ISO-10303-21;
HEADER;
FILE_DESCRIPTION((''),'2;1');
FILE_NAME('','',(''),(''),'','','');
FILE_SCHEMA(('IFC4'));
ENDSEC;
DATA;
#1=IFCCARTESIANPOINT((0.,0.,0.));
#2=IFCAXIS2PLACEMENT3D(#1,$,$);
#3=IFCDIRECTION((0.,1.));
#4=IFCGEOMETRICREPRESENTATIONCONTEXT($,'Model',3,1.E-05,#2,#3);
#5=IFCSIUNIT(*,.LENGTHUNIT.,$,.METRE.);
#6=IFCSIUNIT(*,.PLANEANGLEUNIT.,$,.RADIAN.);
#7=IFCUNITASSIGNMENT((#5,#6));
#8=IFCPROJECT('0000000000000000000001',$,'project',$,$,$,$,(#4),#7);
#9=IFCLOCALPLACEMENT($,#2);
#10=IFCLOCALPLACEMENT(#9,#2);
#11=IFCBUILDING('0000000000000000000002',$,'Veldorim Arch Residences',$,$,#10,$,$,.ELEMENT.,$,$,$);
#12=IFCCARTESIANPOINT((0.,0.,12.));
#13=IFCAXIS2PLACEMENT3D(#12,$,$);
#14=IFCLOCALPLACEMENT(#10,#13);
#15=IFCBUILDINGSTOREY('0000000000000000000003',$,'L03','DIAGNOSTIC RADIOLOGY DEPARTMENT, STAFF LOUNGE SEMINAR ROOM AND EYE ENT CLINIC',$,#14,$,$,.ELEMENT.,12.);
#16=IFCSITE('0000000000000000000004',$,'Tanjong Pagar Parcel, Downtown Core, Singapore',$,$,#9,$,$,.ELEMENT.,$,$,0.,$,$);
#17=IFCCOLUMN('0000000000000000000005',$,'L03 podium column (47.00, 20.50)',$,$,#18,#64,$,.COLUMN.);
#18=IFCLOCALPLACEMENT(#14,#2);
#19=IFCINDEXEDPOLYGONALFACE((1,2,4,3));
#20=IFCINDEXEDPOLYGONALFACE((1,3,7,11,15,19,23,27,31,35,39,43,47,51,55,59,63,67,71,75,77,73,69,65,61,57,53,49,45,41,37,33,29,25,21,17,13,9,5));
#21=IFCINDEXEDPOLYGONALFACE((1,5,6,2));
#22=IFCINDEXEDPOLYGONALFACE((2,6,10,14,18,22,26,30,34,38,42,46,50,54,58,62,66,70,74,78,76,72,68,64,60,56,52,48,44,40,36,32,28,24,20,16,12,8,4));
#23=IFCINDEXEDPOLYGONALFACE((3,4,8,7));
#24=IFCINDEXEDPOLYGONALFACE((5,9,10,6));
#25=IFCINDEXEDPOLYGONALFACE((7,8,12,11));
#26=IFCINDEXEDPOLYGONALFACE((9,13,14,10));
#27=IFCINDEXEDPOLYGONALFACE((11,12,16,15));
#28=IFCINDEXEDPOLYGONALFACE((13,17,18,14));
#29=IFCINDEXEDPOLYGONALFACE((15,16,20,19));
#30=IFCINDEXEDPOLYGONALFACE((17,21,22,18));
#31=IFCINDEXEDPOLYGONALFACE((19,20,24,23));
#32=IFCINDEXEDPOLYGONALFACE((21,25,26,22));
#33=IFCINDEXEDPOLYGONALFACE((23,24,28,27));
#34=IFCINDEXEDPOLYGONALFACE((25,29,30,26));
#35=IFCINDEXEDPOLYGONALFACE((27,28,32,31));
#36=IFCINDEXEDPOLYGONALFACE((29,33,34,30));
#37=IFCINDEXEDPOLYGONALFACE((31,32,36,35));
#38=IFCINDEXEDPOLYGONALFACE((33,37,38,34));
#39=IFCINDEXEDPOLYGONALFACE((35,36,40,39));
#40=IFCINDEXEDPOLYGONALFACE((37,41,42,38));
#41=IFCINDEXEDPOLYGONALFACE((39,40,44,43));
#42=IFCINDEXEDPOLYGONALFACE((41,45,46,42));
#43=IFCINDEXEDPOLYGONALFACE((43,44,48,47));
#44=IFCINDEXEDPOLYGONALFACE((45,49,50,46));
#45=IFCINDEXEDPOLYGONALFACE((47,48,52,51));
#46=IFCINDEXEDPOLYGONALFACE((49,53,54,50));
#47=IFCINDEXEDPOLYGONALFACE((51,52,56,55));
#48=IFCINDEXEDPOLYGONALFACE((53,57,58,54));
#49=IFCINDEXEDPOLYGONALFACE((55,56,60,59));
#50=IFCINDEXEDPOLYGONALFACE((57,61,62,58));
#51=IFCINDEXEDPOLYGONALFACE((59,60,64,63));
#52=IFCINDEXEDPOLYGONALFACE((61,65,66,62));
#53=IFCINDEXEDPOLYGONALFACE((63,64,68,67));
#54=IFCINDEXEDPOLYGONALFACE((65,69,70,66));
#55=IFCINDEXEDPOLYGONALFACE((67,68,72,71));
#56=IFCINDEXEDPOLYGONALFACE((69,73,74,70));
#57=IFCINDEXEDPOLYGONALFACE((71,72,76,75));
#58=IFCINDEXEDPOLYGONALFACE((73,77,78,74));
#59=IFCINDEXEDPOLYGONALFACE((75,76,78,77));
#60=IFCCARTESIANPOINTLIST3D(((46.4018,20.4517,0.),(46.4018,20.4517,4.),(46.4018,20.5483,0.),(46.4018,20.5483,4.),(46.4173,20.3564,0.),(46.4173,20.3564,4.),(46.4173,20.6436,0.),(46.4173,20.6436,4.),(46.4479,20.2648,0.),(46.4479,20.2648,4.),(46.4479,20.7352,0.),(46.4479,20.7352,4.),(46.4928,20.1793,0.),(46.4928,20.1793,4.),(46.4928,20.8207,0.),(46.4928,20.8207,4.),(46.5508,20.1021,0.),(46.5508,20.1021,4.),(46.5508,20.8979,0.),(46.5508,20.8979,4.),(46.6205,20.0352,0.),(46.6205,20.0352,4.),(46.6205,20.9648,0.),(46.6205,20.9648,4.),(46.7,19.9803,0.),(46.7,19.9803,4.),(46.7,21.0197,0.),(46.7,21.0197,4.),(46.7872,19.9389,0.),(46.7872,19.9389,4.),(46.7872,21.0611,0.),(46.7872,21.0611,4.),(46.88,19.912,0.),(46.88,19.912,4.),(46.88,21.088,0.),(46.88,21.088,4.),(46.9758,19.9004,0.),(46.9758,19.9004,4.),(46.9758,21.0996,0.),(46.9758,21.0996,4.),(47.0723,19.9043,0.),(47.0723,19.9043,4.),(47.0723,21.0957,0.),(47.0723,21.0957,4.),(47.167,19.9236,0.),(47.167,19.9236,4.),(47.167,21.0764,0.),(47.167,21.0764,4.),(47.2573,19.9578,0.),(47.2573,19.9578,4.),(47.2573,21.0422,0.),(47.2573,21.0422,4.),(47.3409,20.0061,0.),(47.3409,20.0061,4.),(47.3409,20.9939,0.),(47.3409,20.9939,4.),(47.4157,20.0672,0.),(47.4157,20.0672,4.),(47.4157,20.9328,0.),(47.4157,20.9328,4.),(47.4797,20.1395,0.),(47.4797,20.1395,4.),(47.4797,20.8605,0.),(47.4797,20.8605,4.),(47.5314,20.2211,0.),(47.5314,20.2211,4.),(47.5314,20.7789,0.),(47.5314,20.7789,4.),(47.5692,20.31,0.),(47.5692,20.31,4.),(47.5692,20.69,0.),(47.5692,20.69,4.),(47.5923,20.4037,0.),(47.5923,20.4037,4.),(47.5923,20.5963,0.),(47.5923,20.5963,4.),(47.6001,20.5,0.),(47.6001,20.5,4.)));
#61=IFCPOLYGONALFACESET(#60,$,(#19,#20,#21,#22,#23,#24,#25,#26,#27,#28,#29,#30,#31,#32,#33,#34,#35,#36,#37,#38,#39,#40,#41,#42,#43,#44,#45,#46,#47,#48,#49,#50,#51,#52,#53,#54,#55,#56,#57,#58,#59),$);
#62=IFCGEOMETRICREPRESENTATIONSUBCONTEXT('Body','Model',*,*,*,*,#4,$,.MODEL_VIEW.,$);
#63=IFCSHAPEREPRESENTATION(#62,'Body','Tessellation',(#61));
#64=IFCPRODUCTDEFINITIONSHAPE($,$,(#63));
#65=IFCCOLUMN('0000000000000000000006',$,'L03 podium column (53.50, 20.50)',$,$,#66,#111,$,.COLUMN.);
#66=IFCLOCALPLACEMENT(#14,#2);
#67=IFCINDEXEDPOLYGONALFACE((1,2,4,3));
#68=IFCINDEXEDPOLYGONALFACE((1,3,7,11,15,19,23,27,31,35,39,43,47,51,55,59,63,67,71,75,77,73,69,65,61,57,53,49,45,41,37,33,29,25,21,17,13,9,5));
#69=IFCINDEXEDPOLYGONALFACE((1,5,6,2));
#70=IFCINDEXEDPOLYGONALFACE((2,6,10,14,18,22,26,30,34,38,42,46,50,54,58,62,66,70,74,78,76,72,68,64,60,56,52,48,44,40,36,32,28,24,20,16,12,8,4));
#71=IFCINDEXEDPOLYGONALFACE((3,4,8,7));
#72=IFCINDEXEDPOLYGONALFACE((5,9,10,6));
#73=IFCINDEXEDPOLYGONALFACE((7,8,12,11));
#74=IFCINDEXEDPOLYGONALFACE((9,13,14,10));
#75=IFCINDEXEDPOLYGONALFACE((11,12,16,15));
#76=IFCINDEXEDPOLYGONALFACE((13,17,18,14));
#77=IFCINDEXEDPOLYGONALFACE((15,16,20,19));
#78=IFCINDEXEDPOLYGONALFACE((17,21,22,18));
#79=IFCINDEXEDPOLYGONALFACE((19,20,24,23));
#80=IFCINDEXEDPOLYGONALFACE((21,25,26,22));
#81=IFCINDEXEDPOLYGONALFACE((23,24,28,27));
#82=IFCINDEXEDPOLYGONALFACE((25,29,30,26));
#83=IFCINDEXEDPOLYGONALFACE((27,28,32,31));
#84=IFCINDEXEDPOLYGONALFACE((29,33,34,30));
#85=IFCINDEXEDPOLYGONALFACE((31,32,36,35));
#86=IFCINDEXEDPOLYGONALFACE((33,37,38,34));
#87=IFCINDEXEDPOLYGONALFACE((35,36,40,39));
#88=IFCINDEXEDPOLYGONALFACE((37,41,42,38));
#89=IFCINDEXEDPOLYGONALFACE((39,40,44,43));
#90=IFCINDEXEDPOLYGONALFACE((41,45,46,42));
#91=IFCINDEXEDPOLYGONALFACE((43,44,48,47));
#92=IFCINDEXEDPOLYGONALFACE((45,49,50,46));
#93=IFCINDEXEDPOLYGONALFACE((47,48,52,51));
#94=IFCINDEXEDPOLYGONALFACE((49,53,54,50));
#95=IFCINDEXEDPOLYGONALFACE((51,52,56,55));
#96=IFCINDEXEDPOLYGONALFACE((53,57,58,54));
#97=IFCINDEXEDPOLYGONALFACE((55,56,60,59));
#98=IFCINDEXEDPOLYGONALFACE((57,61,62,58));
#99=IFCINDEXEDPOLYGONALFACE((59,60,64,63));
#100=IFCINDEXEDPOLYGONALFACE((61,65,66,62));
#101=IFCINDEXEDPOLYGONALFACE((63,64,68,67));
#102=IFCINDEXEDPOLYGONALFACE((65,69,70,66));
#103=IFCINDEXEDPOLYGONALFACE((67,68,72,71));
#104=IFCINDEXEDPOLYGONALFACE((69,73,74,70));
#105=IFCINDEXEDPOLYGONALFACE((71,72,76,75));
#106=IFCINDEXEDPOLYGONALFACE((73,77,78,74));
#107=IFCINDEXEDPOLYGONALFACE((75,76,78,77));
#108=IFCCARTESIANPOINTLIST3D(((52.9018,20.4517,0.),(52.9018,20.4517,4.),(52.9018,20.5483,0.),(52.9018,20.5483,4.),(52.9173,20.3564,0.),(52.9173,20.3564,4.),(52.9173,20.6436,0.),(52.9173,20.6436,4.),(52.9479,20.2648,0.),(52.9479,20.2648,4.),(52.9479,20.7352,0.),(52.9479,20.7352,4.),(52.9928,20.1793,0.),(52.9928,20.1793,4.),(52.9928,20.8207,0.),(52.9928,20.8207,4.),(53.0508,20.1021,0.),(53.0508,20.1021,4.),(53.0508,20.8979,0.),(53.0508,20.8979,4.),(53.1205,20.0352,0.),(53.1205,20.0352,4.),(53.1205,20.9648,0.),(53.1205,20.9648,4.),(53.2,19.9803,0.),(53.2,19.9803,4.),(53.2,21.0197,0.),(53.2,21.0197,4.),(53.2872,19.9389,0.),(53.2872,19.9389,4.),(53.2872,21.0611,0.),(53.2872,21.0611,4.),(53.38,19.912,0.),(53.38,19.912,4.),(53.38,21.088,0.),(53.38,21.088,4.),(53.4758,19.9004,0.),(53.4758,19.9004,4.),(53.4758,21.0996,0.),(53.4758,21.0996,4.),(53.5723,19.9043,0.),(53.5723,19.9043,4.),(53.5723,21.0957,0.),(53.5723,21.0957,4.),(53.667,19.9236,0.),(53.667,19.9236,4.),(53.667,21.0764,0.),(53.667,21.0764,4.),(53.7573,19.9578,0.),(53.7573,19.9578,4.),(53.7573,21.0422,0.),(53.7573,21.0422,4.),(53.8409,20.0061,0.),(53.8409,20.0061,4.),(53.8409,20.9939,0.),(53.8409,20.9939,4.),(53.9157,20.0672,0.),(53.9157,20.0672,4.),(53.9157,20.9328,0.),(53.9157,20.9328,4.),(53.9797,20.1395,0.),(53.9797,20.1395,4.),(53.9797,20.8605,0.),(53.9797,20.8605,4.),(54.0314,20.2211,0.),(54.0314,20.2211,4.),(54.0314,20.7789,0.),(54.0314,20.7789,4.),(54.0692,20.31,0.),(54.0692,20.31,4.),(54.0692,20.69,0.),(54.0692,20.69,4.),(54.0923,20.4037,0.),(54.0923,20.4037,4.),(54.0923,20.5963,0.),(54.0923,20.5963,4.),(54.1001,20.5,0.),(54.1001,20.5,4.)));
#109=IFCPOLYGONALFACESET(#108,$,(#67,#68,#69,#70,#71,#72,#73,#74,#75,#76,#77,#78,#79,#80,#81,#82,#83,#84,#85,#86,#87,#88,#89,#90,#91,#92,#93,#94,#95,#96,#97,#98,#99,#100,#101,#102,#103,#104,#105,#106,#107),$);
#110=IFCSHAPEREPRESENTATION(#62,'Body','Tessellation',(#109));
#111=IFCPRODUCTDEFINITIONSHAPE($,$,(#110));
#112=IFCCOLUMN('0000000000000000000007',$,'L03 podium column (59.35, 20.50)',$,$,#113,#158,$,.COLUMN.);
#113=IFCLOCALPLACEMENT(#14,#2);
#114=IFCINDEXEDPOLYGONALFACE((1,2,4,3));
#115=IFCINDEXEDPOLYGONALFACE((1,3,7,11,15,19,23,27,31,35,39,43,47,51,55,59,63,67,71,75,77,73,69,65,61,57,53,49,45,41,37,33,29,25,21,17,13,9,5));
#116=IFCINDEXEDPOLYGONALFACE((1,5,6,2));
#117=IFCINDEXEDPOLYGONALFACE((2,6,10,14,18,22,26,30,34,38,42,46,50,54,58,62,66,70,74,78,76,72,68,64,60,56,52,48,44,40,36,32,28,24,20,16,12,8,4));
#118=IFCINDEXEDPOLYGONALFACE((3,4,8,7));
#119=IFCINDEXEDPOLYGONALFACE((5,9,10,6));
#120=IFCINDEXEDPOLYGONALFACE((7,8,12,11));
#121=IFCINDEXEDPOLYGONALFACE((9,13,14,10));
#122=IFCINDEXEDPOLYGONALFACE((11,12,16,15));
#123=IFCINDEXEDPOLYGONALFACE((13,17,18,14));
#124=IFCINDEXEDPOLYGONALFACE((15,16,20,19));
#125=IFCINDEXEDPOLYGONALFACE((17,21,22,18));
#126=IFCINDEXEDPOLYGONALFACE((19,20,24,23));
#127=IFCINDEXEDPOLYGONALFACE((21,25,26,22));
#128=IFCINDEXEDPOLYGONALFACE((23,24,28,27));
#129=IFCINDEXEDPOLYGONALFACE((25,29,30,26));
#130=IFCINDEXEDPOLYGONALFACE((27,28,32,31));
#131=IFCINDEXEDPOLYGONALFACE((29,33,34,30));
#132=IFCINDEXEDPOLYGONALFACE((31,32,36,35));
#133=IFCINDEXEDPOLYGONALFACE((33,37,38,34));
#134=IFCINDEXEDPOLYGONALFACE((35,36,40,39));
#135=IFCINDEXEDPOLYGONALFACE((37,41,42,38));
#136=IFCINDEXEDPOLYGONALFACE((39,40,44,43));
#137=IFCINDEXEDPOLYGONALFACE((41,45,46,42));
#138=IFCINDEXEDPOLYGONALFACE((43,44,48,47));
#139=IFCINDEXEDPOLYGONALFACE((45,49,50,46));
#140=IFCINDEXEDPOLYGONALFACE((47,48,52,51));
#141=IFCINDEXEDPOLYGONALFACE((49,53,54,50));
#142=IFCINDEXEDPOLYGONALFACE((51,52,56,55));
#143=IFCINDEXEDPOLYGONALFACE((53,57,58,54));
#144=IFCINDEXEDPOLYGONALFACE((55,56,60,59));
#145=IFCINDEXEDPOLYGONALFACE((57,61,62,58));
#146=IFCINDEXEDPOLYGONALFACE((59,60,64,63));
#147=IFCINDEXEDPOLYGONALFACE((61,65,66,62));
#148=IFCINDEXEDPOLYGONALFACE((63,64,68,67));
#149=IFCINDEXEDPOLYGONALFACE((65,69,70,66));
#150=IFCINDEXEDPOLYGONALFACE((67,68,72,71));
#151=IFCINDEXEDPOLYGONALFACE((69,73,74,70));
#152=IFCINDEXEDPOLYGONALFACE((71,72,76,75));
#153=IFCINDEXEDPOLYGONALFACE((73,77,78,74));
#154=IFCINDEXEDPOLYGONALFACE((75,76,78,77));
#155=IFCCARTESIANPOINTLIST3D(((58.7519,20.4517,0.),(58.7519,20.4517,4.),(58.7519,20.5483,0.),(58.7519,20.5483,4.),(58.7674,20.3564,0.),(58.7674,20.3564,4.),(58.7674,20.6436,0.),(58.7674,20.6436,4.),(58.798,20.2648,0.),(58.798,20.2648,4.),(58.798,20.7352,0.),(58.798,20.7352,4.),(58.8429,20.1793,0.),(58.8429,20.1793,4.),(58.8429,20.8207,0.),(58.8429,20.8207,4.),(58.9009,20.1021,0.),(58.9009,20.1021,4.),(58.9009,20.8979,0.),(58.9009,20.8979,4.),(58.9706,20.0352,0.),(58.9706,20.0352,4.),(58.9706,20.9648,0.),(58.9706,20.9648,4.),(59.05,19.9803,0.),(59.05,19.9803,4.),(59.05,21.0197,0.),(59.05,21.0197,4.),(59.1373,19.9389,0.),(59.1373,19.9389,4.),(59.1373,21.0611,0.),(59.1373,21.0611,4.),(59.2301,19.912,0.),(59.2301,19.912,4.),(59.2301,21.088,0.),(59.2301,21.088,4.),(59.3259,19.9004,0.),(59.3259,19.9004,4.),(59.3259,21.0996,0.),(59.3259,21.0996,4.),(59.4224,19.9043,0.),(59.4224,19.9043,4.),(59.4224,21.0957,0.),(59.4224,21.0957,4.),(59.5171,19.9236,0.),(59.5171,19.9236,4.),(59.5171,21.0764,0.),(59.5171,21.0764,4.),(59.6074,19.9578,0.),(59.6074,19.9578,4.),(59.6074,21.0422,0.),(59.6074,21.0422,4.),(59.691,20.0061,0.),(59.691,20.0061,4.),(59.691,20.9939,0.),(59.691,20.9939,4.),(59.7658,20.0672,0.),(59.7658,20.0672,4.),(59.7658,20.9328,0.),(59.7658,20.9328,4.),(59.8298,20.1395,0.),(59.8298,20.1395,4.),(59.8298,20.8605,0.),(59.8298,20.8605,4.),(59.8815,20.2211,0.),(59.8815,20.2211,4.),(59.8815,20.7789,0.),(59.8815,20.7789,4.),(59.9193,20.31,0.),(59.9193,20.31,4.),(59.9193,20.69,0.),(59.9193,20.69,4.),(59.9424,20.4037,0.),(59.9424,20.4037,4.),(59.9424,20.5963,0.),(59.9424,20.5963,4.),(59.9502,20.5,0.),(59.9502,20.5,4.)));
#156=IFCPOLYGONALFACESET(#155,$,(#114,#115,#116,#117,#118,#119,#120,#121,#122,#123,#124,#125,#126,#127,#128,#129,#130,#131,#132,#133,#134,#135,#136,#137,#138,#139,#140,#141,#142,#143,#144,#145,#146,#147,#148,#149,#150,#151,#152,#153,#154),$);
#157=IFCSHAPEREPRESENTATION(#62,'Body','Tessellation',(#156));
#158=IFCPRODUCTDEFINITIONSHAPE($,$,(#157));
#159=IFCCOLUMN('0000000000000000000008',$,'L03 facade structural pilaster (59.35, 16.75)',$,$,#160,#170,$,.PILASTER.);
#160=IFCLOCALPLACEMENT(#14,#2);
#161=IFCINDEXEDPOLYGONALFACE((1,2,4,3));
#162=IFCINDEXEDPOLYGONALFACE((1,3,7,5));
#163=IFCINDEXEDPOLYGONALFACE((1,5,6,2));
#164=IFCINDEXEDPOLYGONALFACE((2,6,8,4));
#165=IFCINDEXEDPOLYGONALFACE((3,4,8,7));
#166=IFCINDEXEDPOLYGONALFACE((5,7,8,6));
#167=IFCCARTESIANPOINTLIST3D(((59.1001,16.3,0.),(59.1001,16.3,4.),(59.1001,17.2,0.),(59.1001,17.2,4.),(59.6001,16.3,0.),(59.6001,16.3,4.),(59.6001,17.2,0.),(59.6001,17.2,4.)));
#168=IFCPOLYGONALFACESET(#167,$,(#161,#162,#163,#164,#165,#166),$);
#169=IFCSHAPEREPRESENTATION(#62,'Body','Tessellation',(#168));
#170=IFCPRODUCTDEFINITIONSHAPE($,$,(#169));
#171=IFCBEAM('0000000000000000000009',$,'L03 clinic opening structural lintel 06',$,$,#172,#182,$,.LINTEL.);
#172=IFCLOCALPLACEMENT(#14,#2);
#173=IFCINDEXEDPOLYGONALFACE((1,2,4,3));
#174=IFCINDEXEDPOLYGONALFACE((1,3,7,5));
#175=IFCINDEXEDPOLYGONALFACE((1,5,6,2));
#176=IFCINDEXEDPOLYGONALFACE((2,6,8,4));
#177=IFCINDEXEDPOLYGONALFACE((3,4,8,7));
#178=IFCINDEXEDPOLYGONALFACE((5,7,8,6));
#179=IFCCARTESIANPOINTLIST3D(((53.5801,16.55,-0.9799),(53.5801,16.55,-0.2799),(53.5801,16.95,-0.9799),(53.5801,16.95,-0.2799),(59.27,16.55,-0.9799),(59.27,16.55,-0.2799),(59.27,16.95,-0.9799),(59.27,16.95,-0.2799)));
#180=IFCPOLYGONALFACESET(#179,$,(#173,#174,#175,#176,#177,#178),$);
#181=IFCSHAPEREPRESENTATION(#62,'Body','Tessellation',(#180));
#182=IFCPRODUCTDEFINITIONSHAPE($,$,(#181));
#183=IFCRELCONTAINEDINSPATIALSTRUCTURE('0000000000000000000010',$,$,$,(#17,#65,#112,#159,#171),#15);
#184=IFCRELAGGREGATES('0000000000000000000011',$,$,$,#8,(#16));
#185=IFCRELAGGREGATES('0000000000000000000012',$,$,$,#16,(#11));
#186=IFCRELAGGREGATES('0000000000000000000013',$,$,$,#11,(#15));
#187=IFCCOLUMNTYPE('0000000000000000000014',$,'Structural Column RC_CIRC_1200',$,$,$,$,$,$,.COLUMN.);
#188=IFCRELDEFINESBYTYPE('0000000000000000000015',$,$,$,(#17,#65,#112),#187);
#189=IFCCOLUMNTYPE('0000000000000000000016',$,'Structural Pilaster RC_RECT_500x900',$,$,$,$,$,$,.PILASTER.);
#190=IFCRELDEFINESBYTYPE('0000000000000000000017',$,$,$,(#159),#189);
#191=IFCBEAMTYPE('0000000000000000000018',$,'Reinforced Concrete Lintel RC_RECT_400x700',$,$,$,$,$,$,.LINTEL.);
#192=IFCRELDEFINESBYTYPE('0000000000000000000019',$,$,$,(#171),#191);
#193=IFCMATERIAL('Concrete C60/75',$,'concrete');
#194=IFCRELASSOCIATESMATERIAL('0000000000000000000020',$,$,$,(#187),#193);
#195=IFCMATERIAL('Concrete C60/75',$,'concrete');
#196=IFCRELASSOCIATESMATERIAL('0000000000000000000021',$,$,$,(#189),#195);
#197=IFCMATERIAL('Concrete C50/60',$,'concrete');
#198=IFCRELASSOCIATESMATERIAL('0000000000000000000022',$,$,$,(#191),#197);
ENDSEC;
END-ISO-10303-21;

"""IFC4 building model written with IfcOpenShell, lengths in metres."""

from ifc_helpers import new_model, si_unit, direction, frame, origin, origin_2d, place, context, subcontext, project, spatial, rectangle, circle, extrude, material, material_profile, profile_set, type_object, element, save


model = new_model("IFC4")

# Units and contexts
model_context = context("Model", 3, precision=1e-05, world=origin(), true_north=direction((0.0, 1.0)))
body_context = subcontext(model_context, "Body", "Model", "MODEL_VIEW")
ifc_project = project(units=[si_unit("LENGTHUNIT", "METRE"), si_unit("PLANEANGLEUNIT", "RADIAN")], contexts=[model_context])

# Site, building, storey
site_placement = place(None, origin())
site = spatial("IfcSite", under=ifc_project, at=site_placement, Name="Tanjong Pagar Parcel, Downtown Core, Singapore", CompositionType="ELEMENT", RefElevation=0.0)
building_placement = place(site_placement, origin())
building = spatial("IfcBuilding", under=site, at=building_placement, Name="Veldorim Arch Residences", CompositionType="ELEMENT")
storey_placement = place(building_placement, frame((0.0, 0.0, 12.0)))
storey = spatial("IfcBuildingStorey", under=building, at=storey_placement, Name="L03", Description="DIAGNOSTIC RADIOLOGY DEPARTMENT, STAFF LOUNGE SEMINAR ROOM AND EYE ENT CLINIC", CompositionType="ELEMENT", Elevation=12.0)

# Columns
ifc_material_1 = material(Name="Concrete C60/75", Category="concrete")
ifc_material_profile_1 = material_profile(ifc_material_1, circle(Radius=0.6001, at=origin_2d()), Name="RC_CIRC_1200")
ifc_profile_set_1 = profile_set([ifc_material_profile_1], Name="Concrete C60/75")
column_type_1 = type_object("IfcColumnType", Name="Structural Column RC_CIRC_1200", PredefinedType="COLUMN", material=ifc_profile_set_1)
for number, where, z_axis, x_axis, name in (
    (1, (47.0, 20.5, 0.0), (0.0, 0.0, 1.0), (1.0, 0.0, 0.0), "L03 podium column (47.00, 20.50)"),
    (2, (53.5, 20.5, 0.0), (0.0, 0.0, 1.0), (1.0, 0.0, 0.0), "L03 podium column (53.50, 20.50)"),
    (3, (59.3501, 20.5, 0.0), (0.0, 0.0, 1.0), (1.0, 0.0, 0.0), "L03 podium column (59.35, 20.50)"),
):
    element("IfcColumn", number, at=place(storey_placement, frame(where, z_axis=z_axis, x_axis=x_axis)), inside=storey, type_object=column_type_1, Name=name, PredefinedType="COLUMN", context=body_context, shape_type="SweptSolid", body=[
        extrude(circle(Radius=0.6001, at=origin_2d()), origin(), (0.0, 0.0, 1.0), 4.0),
    ])
ifc_material_2 = material(Name="Concrete C60/75", Category="concrete")
ifc_material_profile_2 = material_profile(ifc_material_2, rectangle(XDim=0.5, YDim=0.8999, at=origin_2d()), Name="RC_RECT_500x900")
ifc_profile_set_2 = profile_set([ifc_material_profile_2], Name="Concrete C60/75")
column_type_2 = type_object("IfcColumnType", Name="Structural Pilaster RC_RECT_500x900", PredefinedType="PILASTER", material=ifc_profile_set_2)
column_placement = place(storey_placement, frame((59.3501, 16.75, 0.0), z_axis=(0.0, 0.0, 1.0), x_axis=(1.0, 0.0, 0.0)))
element("IfcColumn", 4, at=column_placement, inside=storey, type_object=column_type_2, Name="L03 facade structural pilaster (59.35, 16.75)", PredefinedType="PILASTER", context=body_context, shape_type="SweptSolid", body=[
    extrude(rectangle(XDim=0.5, YDim=0.8999, at=origin_2d()), origin(), (0.0, 0.0, 1.0), 4.0),
])

# Beam
ifc_material_3 = material(Name="Concrete C50/60", Category="concrete")
ifc_material_profile_3 = material_profile(ifc_material_3, rectangle(XDim=0.3999, YDim=0.7, at=origin_2d()), Name="RC_RECT_400x700")
ifc_profile_set_3 = profile_set([ifc_material_profile_3], Name="Concrete C50/60")
beam_type_1 = type_object("IfcBeamType", Name="Reinforced Concrete Lintel RC_RECT_400x700", PredefinedType="LINTEL", material=ifc_profile_set_3)
beam_1_placement = place(storey_placement, frame((53.5801, 16.75, -0.6299), z_axis=(1.0, 0.0, 0.0), x_axis=(0.0, 1.0, 0.0)))
element("IfcBeam", 5, at=beam_1_placement, inside=storey, type_object=beam_type_1, Name="L03 clinic opening structural lintel 06", PredefinedType="LINTEL", context=body_context, shape_type="SweptSolid", body=[
    extrude(rectangle(XDim=0.3999, YDim=0.7, at=origin_2d()), origin(), (0.0, 0.0, 1.0), 5.6899),
])

save(model, "model.ifc")
